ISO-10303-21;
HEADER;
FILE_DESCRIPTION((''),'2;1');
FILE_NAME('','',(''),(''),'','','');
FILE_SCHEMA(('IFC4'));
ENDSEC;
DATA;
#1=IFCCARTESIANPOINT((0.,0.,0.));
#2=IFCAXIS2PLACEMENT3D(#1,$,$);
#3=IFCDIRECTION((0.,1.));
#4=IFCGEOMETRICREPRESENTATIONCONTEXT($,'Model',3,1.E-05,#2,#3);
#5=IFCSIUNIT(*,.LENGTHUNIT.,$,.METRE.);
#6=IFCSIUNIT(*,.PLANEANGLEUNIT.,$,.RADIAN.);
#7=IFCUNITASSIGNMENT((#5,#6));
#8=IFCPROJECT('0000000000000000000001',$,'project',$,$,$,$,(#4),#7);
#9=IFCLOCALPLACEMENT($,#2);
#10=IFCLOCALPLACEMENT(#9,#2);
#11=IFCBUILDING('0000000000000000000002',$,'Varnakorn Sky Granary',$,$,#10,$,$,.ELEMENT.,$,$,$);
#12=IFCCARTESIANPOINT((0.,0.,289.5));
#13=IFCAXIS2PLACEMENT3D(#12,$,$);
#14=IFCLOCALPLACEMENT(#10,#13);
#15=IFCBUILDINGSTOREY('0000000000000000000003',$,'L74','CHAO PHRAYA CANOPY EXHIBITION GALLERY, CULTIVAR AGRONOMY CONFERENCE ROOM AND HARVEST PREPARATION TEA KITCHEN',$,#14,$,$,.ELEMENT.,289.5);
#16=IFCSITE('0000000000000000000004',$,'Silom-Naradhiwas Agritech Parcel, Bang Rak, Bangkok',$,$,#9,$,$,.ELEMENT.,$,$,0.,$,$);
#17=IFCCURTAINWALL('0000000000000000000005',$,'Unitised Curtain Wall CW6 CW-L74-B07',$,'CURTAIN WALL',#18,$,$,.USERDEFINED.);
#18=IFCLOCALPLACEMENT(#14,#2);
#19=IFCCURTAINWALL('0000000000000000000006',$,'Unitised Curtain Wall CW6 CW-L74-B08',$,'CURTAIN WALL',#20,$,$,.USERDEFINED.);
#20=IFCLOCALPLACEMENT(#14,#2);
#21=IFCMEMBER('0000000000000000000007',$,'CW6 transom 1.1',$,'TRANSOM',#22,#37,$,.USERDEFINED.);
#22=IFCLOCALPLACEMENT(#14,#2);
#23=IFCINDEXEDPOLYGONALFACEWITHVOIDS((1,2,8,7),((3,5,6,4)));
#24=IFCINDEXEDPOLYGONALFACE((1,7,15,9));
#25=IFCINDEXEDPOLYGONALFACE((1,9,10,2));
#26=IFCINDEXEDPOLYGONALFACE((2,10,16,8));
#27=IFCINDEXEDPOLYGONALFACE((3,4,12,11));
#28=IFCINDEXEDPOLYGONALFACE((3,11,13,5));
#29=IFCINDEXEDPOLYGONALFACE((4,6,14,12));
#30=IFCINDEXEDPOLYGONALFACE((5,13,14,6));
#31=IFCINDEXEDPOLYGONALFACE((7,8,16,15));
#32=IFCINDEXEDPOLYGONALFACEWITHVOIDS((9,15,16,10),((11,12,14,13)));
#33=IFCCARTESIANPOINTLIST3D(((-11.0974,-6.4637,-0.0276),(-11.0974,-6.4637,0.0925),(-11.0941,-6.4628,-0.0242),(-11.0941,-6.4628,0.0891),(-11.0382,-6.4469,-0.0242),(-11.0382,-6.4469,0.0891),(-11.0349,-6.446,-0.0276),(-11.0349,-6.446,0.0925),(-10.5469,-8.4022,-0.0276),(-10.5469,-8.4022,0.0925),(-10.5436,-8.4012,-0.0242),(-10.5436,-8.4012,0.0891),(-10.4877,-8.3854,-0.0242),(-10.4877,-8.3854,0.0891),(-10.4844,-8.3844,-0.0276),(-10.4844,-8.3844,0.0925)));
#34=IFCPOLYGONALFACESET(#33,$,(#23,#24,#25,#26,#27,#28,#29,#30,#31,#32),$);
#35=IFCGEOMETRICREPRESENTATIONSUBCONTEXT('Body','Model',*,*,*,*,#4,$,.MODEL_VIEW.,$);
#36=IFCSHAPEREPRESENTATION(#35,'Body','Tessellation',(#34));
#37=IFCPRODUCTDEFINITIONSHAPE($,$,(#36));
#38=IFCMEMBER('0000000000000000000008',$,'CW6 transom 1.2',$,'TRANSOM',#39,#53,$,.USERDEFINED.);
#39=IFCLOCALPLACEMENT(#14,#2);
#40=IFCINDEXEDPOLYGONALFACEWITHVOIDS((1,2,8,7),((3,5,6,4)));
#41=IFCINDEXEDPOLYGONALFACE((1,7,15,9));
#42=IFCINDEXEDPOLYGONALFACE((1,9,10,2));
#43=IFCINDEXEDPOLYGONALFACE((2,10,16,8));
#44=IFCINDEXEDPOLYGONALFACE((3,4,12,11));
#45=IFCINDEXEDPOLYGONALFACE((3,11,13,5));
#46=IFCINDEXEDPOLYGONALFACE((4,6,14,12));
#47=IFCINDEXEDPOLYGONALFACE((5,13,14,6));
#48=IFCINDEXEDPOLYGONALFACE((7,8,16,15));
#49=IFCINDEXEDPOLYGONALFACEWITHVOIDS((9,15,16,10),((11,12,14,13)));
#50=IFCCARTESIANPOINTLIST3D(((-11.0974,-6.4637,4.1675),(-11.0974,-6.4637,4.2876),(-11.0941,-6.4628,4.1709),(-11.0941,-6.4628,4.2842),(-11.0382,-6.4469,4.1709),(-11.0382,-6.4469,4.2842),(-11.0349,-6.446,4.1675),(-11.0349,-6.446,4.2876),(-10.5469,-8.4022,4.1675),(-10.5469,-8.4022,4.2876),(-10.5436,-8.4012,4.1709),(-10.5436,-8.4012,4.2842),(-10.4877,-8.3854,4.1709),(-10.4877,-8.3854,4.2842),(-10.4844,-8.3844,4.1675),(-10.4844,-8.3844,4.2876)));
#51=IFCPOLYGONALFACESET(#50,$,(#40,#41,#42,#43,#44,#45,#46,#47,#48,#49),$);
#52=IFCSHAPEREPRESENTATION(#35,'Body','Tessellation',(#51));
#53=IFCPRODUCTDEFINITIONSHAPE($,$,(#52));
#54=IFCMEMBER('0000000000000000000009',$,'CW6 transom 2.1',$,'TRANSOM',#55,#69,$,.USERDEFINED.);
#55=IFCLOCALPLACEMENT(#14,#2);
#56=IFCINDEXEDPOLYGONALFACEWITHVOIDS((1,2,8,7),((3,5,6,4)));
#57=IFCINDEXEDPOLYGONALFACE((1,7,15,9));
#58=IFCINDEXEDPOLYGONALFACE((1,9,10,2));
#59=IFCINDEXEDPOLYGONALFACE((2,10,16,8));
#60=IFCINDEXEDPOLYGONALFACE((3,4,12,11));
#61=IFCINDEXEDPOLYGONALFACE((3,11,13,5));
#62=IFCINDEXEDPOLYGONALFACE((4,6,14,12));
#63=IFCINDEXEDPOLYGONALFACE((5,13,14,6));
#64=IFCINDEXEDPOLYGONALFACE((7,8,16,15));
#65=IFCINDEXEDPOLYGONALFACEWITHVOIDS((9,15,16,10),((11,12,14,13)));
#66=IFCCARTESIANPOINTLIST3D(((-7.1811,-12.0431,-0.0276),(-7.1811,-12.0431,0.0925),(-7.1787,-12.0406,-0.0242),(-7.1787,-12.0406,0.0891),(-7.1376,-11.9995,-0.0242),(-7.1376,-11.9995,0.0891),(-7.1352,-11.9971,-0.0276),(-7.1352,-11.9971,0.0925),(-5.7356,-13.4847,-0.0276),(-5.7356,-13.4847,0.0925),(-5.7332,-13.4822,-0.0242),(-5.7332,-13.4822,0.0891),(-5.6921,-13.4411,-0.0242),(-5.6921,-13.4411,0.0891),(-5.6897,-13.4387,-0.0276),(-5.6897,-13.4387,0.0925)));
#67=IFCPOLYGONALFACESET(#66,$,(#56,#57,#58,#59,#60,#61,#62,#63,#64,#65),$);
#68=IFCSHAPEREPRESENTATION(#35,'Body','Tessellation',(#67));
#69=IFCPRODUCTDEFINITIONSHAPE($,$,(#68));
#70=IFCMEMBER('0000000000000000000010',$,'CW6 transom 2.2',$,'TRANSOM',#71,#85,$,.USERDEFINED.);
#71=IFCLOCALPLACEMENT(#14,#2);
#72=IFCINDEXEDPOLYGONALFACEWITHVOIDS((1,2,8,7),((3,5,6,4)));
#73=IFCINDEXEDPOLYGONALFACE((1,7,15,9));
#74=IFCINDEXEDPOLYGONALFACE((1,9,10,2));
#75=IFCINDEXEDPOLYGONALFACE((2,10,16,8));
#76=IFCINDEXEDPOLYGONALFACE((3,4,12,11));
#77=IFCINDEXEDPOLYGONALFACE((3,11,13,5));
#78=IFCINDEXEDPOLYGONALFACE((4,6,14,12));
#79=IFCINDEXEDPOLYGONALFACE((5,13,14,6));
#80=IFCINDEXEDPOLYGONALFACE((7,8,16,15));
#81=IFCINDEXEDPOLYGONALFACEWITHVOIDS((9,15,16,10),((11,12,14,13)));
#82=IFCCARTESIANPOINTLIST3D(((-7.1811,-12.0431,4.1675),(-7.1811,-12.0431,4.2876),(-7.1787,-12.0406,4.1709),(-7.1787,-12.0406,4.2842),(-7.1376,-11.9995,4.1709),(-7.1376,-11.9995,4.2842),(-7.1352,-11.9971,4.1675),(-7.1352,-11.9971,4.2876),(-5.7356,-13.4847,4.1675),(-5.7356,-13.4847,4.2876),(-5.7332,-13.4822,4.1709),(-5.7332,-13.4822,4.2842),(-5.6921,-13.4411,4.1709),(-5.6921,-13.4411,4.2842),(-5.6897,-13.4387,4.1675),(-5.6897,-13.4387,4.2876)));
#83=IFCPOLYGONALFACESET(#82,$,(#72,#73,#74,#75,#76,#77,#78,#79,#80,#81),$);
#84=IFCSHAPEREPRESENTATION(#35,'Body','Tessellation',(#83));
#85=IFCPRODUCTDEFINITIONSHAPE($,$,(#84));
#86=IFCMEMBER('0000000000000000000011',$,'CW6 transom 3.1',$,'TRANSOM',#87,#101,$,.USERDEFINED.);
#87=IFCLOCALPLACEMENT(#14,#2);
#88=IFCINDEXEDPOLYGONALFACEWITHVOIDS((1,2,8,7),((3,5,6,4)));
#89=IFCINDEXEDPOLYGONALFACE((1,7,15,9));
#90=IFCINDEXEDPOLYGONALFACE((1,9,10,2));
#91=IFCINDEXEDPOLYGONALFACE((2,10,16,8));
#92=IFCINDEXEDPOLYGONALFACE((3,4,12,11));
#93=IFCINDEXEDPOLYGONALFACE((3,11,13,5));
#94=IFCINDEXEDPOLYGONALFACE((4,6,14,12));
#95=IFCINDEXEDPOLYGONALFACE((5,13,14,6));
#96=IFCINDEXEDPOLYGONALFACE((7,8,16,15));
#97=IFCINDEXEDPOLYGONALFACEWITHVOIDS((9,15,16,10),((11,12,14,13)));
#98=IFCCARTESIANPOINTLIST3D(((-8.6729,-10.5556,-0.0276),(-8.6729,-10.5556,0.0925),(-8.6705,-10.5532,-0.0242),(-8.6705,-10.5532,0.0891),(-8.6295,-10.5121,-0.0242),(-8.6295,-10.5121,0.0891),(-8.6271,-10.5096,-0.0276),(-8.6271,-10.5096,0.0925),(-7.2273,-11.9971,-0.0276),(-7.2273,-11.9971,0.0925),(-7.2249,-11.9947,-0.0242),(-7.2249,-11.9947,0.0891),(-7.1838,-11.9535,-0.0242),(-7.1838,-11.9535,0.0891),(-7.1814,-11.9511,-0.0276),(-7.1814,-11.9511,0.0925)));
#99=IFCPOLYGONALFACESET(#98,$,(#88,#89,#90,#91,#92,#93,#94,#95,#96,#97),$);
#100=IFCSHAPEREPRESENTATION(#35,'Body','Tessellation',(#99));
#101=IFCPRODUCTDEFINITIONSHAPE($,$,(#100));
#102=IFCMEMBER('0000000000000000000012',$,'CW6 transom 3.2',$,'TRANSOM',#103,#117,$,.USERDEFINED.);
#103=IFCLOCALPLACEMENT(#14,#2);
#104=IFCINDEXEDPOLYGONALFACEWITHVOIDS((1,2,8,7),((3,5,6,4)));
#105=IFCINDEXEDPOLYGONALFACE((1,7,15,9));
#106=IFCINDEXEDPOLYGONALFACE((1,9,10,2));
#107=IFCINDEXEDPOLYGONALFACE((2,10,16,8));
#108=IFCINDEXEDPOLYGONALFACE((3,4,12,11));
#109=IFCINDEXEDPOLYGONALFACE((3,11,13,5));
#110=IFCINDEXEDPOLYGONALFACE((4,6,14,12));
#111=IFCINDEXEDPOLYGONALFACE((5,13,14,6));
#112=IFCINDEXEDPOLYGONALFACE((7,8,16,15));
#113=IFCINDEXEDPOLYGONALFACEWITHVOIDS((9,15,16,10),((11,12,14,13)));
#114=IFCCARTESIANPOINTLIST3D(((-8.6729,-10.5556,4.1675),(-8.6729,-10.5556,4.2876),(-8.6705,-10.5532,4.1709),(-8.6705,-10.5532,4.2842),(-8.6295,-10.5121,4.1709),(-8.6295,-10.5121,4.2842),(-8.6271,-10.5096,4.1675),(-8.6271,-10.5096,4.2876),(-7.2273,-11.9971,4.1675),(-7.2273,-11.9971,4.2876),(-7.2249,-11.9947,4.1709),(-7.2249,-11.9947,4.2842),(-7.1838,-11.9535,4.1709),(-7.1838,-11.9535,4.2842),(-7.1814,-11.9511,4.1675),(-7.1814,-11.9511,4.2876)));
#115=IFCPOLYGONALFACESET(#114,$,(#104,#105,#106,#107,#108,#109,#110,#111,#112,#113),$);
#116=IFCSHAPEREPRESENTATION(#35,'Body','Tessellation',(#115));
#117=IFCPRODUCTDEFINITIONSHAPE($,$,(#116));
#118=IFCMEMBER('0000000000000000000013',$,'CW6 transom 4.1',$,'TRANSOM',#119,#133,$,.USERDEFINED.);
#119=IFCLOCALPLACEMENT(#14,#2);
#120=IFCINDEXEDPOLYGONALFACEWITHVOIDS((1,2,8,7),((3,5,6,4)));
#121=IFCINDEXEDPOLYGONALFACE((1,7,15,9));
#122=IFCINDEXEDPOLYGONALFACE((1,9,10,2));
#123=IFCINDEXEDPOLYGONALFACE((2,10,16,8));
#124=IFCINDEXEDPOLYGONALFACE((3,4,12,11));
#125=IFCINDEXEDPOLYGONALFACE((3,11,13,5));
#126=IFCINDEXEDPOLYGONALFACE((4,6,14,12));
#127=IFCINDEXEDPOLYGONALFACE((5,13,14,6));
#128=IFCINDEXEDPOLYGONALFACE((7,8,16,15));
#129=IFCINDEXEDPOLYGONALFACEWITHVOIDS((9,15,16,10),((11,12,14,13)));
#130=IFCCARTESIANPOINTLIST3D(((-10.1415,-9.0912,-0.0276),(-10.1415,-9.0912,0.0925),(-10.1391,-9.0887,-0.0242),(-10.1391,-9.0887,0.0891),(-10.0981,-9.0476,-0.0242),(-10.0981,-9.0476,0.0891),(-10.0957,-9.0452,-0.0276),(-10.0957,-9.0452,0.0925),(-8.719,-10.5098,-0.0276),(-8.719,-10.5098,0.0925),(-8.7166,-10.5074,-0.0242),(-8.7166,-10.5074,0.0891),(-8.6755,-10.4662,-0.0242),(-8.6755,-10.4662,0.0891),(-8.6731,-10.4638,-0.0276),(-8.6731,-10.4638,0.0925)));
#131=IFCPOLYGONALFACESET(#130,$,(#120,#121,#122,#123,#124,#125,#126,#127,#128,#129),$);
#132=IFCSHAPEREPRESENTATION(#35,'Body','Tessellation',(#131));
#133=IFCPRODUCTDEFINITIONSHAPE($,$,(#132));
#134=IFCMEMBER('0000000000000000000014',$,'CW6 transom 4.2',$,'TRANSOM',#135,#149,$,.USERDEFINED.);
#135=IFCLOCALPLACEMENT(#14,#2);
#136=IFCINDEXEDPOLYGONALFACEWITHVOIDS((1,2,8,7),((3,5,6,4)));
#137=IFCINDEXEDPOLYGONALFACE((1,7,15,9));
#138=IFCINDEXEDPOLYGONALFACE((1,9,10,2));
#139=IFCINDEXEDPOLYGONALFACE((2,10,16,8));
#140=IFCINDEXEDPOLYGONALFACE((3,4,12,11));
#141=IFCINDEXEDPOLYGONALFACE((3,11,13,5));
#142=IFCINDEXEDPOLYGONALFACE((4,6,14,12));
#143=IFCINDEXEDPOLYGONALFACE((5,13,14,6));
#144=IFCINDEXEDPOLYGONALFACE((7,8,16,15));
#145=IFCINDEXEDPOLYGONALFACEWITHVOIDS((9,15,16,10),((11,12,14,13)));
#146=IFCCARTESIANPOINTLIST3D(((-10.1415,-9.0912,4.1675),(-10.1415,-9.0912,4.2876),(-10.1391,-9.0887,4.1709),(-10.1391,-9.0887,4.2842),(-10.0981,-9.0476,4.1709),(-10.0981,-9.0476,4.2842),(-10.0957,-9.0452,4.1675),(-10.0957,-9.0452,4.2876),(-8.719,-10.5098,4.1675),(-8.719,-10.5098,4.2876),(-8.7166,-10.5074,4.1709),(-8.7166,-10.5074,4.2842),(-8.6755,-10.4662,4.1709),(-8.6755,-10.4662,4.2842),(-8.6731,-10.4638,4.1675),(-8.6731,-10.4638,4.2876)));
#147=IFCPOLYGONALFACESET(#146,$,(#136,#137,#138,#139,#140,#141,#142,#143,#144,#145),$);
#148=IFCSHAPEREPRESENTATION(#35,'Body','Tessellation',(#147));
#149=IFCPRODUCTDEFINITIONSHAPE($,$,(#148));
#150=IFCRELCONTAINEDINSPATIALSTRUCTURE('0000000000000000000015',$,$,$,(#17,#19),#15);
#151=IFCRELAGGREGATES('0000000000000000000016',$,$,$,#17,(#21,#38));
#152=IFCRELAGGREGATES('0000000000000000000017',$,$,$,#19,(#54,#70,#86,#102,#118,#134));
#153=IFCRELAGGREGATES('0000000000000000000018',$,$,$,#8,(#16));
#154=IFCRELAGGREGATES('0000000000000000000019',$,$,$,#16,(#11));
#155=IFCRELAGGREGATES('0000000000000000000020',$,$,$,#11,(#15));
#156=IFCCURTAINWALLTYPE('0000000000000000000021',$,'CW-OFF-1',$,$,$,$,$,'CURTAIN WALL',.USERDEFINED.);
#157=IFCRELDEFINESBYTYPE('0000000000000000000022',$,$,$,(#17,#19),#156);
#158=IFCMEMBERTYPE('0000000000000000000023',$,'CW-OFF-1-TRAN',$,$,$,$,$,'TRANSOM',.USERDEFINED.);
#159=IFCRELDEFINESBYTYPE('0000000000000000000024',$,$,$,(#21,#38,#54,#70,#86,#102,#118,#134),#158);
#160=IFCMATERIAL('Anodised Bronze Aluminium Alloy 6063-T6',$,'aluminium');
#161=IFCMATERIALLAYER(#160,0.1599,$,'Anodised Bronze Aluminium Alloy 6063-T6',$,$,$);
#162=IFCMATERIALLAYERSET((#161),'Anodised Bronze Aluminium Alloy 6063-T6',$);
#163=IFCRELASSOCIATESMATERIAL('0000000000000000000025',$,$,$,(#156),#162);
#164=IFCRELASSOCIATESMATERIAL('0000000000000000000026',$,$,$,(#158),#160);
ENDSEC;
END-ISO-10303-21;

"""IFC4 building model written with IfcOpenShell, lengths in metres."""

from ifc_helpers import new_model, si_unit, direction, frame, origin, origin_2d, place, context, subcontext, project, spatial, hollow_rectangle, extrude, material, layer, layer_set, material_profile, profile_set, type_object, element, aggregate, save


model = new_model("IFC4")

# Units and contexts
model_context = context("Model", 3, precision=1e-05, world=origin(), true_north=direction((0.0, 1.0)))
body_context = subcontext(model_context, "Body", "Model", "MODEL_VIEW")
ifc_project = project(units=[si_unit("LENGTHUNIT", "METRE"), si_unit("PLANEANGLEUNIT", "RADIAN")], contexts=[model_context])

# Site, building, storey
site_placement = place(None, origin())
site = spatial("IfcSite", under=ifc_project, at=site_placement, Name="Silom-Naradhiwas Agritech Parcel, Bang Rak, Bangkok", CompositionType="ELEMENT", RefElevation=0.0)
building_placement = place(site_placement, origin())
building = spatial("IfcBuilding", under=site, at=building_placement, Name="Varnakorn Sky Granary", CompositionType="ELEMENT")
storey_placement = place(building_placement, frame((0.0, 0.0, 289.5)))
storey = spatial("IfcBuildingStorey", under=building, at=storey_placement, Name="L74", Description="CHAO PHRAYA CANOPY EXHIBITION GALLERY, CULTIVAR AGRONOMY CONFERENCE ROOM AND HARVEST PREPARATION TEA KITCHEN", CompositionType="ELEMENT", Elevation=289.5)

# Curtain wall
ifc_material_1 = material(Name="Anodised Bronze Aluminium Alloy 6063-T6", Category="aluminium")
ifc_layer_1 = layer(ifc_material_1, 0.1599, Name="Anodised Bronze Aluminium Alloy 6063-T6")
ifc_layer_set_1 = layer_set([ifc_layer_1], Name="Anodised Bronze Aluminium Alloy 6063-T6")
curtain_wall_type = type_object("IfcCurtainWallType", Name="CW-OFF-1", ElementType="CURTAIN WALL", PredefinedType="USERDEFINED", material=ifc_layer_set_1)
curtain_wall_1_placement = place(storey_placement, origin())
curtain_wall_1 = element("IfcCurtainWall", 1, at=curtain_wall_1_placement, inside=storey, type_object=curtain_wall_type, Name="Unitised Curtain Wall CW6 CW-L74-B07", ObjectType="CURTAIN WALL", PredefinedType="USERDEFINED")

# Curtain wall
curtain_wall_2_placement = place(storey_placement, origin())
curtain_wall_2 = element("IfcCurtainWall", 2, at=curtain_wall_2_placement, inside=storey, type_object=curtain_wall_type, Name="Unitised Curtain Wall CW6 CW-L74-B08", ObjectType="CURTAIN WALL", PredefinedType="USERDEFINED")

# Members
ifc_material_profile_1 = material_profile(ifc_material_1, hollow_rectangle(XDim=0.0649, YDim=0.1201, WallThickness=0.0034, at=origin_2d()), Name="ALU TRAN 65x120")
ifc_profile_set_1 = profile_set([ifc_material_profile_1], Name="Anodised Bronze Aluminium Alloy 6063-T6")
member_type_1 = type_object("IfcMemberType", Name="CW-OFF-1-TRAN", ElementType="TRANSOM", PredefinedType="USERDEFINED", material=ifc_profile_set_1)
member_1_placement = place(storey_placement, frame((-10.5156, -8.3933, 0.0325), z_axis=(-0.273201, 0.961957, 0.0), x_axis=(-0.961957, -0.273201, 0.0)))
member_1 = element("IfcMember", 3, at=member_1_placement, type_object=member_type_1, Name="CW6 transom 1.1", ObjectType="TRANSOM", PredefinedType="USERDEFINED", context=body_context, shape_type="SweptSolid", body=[
    extrude(hollow_rectangle(XDim=0.0649, YDim=0.1201, WallThickness=0.0034, at=origin_2d()), origin(), (0.0, 0.0, 1.0), 2.0151),
])
member_2_placement = place(storey_placement, frame((-10.5156, -8.3933, 4.2275), z_axis=(-0.273201, 0.961957, 0.0), x_axis=(-0.961957, -0.273201, 0.0)))
member_2 = element("IfcMember", 4, at=member_2_placement, type_object=member_type_1, Name="CW6 transom 1.2", ObjectType="TRANSOM", PredefinedType="USERDEFINED", context=body_context, shape_type="SweptSolid", body=[
    extrude(hollow_rectangle(XDim=0.0649, YDim=0.1201, WallThickness=0.0034, at=origin_2d()), origin(), (0.0, 0.0, 1.0), 2.0151),
])
aggregate(curtain_wall_1, [member_1, member_2])
member_3_placement = place(storey_placement, frame((-5.7126, -13.4617, 0.0325), z_axis=(-0.708063, 0.706149, 0.0), x_axis=(-0.706149, -0.708063, 0.0)))
member_3 = element("IfcMember", 5, at=member_3_placement, type_object=member_type_1, Name="CW6 transom 2.1", ObjectType="TRANSOM", PredefinedType="USERDEFINED", context=body_context, shape_type="SweptSolid", body=[
    extrude(hollow_rectangle(XDim=0.0649, YDim=0.1201, WallThickness=0.0034, at=origin_2d()), origin(), (0.0, 0.0, 1.0), 2.0415),
])
member_4_placement = place(storey_placement, frame((-5.7126, -13.4617, 4.2275), z_axis=(-0.708063, 0.706149, 0.0), x_axis=(-0.706149, -0.708063, 0.0)))
member_4 = element("IfcMember", 6, at=member_4_placement, type_object=member_type_1, Name="CW6 transom 2.2", ObjectType="TRANSOM", PredefinedType="USERDEFINED", context=body_context, shape_type="SweptSolid", body=[
    extrude(hollow_rectangle(XDim=0.0649, YDim=0.1201, WallThickness=0.0034, at=origin_2d()), origin(), (0.0, 0.0, 1.0), 2.0415),
])
member_5_placement = place(storey_placement, frame((-7.2043, -11.9741, 0.0325), z_axis=(-0.708123, 0.706089, 0.0), x_axis=(-0.706089, -0.708123, 0.0)))
member_5 = element("IfcMember", 7, at=member_5_placement, type_object=member_type_1, Name="CW6 transom 3.1", ObjectType="TRANSOM", PredefinedType="USERDEFINED", context=body_context, shape_type="SweptSolid", body=[
    extrude(hollow_rectangle(XDim=0.0649, YDim=0.1201, WallThickness=0.0034, at=origin_2d()), origin(), (0.0, 0.0, 1.0), 2.0415),
])
member_6_placement = place(storey_placement, frame((-7.2043, -11.9741, 4.2275), z_axis=(-0.708123, 0.706089, 0.0), x_axis=(-0.706089, -0.708123, 0.0)))
member_6 = element("IfcMember", 8, at=member_6_placement, type_object=member_type_1, Name="CW6 transom 3.2", ObjectType="TRANSOM", PredefinedType="USERDEFINED", context=body_context, shape_type="SweptSolid", body=[
    extrude(hollow_rectangle(XDim=0.0649, YDim=0.1201, WallThickness=0.0034, at=origin_2d()), origin(), (0.0, 0.0, 1.0), 2.0415),
])
member_7_placement = place(storey_placement, frame((-8.696, -10.4868, 0.0325), z_axis=(-0.708078, 0.706134, 0.0), x_axis=(-0.706134, -0.708078, 0.0)))
member_7 = element("IfcMember", 9, at=member_7_placement, type_object=member_type_1, Name="CW6 transom 4.1", ObjectType="TRANSOM", PredefinedType="USERDEFINED", context=body_context, shape_type="SweptSolid", body=[
    extrude(hollow_rectangle(XDim=0.0649, YDim=0.1201, WallThickness=0.0034, at=origin_2d()), origin(), (0.0, 0.0, 1.0), 2.009),
])
member_8_placement = place(storey_placement, frame((-8.696, -10.4868, 4.2275), z_axis=(-0.708078, 0.706134, 0.0), x_axis=(-0.706134, -0.708078, 0.0)))
member_8 = element("IfcMember", 10, at=member_8_placement, type_object=member_type_1, Name="CW6 transom 4.2", ObjectType="TRANSOM", PredefinedType="USERDEFINED", context=body_context, shape_type="SweptSolid", body=[
    extrude(hollow_rectangle(XDim=0.0649, YDim=0.1201, WallThickness=0.0034, at=origin_2d()), origin(), (0.0, 0.0, 1.0), 2.009),
])

aggregate(curtain_wall_2, [member_3, member_4, member_5, member_6, member_7, member_8])

save(model, "model.ifc")
